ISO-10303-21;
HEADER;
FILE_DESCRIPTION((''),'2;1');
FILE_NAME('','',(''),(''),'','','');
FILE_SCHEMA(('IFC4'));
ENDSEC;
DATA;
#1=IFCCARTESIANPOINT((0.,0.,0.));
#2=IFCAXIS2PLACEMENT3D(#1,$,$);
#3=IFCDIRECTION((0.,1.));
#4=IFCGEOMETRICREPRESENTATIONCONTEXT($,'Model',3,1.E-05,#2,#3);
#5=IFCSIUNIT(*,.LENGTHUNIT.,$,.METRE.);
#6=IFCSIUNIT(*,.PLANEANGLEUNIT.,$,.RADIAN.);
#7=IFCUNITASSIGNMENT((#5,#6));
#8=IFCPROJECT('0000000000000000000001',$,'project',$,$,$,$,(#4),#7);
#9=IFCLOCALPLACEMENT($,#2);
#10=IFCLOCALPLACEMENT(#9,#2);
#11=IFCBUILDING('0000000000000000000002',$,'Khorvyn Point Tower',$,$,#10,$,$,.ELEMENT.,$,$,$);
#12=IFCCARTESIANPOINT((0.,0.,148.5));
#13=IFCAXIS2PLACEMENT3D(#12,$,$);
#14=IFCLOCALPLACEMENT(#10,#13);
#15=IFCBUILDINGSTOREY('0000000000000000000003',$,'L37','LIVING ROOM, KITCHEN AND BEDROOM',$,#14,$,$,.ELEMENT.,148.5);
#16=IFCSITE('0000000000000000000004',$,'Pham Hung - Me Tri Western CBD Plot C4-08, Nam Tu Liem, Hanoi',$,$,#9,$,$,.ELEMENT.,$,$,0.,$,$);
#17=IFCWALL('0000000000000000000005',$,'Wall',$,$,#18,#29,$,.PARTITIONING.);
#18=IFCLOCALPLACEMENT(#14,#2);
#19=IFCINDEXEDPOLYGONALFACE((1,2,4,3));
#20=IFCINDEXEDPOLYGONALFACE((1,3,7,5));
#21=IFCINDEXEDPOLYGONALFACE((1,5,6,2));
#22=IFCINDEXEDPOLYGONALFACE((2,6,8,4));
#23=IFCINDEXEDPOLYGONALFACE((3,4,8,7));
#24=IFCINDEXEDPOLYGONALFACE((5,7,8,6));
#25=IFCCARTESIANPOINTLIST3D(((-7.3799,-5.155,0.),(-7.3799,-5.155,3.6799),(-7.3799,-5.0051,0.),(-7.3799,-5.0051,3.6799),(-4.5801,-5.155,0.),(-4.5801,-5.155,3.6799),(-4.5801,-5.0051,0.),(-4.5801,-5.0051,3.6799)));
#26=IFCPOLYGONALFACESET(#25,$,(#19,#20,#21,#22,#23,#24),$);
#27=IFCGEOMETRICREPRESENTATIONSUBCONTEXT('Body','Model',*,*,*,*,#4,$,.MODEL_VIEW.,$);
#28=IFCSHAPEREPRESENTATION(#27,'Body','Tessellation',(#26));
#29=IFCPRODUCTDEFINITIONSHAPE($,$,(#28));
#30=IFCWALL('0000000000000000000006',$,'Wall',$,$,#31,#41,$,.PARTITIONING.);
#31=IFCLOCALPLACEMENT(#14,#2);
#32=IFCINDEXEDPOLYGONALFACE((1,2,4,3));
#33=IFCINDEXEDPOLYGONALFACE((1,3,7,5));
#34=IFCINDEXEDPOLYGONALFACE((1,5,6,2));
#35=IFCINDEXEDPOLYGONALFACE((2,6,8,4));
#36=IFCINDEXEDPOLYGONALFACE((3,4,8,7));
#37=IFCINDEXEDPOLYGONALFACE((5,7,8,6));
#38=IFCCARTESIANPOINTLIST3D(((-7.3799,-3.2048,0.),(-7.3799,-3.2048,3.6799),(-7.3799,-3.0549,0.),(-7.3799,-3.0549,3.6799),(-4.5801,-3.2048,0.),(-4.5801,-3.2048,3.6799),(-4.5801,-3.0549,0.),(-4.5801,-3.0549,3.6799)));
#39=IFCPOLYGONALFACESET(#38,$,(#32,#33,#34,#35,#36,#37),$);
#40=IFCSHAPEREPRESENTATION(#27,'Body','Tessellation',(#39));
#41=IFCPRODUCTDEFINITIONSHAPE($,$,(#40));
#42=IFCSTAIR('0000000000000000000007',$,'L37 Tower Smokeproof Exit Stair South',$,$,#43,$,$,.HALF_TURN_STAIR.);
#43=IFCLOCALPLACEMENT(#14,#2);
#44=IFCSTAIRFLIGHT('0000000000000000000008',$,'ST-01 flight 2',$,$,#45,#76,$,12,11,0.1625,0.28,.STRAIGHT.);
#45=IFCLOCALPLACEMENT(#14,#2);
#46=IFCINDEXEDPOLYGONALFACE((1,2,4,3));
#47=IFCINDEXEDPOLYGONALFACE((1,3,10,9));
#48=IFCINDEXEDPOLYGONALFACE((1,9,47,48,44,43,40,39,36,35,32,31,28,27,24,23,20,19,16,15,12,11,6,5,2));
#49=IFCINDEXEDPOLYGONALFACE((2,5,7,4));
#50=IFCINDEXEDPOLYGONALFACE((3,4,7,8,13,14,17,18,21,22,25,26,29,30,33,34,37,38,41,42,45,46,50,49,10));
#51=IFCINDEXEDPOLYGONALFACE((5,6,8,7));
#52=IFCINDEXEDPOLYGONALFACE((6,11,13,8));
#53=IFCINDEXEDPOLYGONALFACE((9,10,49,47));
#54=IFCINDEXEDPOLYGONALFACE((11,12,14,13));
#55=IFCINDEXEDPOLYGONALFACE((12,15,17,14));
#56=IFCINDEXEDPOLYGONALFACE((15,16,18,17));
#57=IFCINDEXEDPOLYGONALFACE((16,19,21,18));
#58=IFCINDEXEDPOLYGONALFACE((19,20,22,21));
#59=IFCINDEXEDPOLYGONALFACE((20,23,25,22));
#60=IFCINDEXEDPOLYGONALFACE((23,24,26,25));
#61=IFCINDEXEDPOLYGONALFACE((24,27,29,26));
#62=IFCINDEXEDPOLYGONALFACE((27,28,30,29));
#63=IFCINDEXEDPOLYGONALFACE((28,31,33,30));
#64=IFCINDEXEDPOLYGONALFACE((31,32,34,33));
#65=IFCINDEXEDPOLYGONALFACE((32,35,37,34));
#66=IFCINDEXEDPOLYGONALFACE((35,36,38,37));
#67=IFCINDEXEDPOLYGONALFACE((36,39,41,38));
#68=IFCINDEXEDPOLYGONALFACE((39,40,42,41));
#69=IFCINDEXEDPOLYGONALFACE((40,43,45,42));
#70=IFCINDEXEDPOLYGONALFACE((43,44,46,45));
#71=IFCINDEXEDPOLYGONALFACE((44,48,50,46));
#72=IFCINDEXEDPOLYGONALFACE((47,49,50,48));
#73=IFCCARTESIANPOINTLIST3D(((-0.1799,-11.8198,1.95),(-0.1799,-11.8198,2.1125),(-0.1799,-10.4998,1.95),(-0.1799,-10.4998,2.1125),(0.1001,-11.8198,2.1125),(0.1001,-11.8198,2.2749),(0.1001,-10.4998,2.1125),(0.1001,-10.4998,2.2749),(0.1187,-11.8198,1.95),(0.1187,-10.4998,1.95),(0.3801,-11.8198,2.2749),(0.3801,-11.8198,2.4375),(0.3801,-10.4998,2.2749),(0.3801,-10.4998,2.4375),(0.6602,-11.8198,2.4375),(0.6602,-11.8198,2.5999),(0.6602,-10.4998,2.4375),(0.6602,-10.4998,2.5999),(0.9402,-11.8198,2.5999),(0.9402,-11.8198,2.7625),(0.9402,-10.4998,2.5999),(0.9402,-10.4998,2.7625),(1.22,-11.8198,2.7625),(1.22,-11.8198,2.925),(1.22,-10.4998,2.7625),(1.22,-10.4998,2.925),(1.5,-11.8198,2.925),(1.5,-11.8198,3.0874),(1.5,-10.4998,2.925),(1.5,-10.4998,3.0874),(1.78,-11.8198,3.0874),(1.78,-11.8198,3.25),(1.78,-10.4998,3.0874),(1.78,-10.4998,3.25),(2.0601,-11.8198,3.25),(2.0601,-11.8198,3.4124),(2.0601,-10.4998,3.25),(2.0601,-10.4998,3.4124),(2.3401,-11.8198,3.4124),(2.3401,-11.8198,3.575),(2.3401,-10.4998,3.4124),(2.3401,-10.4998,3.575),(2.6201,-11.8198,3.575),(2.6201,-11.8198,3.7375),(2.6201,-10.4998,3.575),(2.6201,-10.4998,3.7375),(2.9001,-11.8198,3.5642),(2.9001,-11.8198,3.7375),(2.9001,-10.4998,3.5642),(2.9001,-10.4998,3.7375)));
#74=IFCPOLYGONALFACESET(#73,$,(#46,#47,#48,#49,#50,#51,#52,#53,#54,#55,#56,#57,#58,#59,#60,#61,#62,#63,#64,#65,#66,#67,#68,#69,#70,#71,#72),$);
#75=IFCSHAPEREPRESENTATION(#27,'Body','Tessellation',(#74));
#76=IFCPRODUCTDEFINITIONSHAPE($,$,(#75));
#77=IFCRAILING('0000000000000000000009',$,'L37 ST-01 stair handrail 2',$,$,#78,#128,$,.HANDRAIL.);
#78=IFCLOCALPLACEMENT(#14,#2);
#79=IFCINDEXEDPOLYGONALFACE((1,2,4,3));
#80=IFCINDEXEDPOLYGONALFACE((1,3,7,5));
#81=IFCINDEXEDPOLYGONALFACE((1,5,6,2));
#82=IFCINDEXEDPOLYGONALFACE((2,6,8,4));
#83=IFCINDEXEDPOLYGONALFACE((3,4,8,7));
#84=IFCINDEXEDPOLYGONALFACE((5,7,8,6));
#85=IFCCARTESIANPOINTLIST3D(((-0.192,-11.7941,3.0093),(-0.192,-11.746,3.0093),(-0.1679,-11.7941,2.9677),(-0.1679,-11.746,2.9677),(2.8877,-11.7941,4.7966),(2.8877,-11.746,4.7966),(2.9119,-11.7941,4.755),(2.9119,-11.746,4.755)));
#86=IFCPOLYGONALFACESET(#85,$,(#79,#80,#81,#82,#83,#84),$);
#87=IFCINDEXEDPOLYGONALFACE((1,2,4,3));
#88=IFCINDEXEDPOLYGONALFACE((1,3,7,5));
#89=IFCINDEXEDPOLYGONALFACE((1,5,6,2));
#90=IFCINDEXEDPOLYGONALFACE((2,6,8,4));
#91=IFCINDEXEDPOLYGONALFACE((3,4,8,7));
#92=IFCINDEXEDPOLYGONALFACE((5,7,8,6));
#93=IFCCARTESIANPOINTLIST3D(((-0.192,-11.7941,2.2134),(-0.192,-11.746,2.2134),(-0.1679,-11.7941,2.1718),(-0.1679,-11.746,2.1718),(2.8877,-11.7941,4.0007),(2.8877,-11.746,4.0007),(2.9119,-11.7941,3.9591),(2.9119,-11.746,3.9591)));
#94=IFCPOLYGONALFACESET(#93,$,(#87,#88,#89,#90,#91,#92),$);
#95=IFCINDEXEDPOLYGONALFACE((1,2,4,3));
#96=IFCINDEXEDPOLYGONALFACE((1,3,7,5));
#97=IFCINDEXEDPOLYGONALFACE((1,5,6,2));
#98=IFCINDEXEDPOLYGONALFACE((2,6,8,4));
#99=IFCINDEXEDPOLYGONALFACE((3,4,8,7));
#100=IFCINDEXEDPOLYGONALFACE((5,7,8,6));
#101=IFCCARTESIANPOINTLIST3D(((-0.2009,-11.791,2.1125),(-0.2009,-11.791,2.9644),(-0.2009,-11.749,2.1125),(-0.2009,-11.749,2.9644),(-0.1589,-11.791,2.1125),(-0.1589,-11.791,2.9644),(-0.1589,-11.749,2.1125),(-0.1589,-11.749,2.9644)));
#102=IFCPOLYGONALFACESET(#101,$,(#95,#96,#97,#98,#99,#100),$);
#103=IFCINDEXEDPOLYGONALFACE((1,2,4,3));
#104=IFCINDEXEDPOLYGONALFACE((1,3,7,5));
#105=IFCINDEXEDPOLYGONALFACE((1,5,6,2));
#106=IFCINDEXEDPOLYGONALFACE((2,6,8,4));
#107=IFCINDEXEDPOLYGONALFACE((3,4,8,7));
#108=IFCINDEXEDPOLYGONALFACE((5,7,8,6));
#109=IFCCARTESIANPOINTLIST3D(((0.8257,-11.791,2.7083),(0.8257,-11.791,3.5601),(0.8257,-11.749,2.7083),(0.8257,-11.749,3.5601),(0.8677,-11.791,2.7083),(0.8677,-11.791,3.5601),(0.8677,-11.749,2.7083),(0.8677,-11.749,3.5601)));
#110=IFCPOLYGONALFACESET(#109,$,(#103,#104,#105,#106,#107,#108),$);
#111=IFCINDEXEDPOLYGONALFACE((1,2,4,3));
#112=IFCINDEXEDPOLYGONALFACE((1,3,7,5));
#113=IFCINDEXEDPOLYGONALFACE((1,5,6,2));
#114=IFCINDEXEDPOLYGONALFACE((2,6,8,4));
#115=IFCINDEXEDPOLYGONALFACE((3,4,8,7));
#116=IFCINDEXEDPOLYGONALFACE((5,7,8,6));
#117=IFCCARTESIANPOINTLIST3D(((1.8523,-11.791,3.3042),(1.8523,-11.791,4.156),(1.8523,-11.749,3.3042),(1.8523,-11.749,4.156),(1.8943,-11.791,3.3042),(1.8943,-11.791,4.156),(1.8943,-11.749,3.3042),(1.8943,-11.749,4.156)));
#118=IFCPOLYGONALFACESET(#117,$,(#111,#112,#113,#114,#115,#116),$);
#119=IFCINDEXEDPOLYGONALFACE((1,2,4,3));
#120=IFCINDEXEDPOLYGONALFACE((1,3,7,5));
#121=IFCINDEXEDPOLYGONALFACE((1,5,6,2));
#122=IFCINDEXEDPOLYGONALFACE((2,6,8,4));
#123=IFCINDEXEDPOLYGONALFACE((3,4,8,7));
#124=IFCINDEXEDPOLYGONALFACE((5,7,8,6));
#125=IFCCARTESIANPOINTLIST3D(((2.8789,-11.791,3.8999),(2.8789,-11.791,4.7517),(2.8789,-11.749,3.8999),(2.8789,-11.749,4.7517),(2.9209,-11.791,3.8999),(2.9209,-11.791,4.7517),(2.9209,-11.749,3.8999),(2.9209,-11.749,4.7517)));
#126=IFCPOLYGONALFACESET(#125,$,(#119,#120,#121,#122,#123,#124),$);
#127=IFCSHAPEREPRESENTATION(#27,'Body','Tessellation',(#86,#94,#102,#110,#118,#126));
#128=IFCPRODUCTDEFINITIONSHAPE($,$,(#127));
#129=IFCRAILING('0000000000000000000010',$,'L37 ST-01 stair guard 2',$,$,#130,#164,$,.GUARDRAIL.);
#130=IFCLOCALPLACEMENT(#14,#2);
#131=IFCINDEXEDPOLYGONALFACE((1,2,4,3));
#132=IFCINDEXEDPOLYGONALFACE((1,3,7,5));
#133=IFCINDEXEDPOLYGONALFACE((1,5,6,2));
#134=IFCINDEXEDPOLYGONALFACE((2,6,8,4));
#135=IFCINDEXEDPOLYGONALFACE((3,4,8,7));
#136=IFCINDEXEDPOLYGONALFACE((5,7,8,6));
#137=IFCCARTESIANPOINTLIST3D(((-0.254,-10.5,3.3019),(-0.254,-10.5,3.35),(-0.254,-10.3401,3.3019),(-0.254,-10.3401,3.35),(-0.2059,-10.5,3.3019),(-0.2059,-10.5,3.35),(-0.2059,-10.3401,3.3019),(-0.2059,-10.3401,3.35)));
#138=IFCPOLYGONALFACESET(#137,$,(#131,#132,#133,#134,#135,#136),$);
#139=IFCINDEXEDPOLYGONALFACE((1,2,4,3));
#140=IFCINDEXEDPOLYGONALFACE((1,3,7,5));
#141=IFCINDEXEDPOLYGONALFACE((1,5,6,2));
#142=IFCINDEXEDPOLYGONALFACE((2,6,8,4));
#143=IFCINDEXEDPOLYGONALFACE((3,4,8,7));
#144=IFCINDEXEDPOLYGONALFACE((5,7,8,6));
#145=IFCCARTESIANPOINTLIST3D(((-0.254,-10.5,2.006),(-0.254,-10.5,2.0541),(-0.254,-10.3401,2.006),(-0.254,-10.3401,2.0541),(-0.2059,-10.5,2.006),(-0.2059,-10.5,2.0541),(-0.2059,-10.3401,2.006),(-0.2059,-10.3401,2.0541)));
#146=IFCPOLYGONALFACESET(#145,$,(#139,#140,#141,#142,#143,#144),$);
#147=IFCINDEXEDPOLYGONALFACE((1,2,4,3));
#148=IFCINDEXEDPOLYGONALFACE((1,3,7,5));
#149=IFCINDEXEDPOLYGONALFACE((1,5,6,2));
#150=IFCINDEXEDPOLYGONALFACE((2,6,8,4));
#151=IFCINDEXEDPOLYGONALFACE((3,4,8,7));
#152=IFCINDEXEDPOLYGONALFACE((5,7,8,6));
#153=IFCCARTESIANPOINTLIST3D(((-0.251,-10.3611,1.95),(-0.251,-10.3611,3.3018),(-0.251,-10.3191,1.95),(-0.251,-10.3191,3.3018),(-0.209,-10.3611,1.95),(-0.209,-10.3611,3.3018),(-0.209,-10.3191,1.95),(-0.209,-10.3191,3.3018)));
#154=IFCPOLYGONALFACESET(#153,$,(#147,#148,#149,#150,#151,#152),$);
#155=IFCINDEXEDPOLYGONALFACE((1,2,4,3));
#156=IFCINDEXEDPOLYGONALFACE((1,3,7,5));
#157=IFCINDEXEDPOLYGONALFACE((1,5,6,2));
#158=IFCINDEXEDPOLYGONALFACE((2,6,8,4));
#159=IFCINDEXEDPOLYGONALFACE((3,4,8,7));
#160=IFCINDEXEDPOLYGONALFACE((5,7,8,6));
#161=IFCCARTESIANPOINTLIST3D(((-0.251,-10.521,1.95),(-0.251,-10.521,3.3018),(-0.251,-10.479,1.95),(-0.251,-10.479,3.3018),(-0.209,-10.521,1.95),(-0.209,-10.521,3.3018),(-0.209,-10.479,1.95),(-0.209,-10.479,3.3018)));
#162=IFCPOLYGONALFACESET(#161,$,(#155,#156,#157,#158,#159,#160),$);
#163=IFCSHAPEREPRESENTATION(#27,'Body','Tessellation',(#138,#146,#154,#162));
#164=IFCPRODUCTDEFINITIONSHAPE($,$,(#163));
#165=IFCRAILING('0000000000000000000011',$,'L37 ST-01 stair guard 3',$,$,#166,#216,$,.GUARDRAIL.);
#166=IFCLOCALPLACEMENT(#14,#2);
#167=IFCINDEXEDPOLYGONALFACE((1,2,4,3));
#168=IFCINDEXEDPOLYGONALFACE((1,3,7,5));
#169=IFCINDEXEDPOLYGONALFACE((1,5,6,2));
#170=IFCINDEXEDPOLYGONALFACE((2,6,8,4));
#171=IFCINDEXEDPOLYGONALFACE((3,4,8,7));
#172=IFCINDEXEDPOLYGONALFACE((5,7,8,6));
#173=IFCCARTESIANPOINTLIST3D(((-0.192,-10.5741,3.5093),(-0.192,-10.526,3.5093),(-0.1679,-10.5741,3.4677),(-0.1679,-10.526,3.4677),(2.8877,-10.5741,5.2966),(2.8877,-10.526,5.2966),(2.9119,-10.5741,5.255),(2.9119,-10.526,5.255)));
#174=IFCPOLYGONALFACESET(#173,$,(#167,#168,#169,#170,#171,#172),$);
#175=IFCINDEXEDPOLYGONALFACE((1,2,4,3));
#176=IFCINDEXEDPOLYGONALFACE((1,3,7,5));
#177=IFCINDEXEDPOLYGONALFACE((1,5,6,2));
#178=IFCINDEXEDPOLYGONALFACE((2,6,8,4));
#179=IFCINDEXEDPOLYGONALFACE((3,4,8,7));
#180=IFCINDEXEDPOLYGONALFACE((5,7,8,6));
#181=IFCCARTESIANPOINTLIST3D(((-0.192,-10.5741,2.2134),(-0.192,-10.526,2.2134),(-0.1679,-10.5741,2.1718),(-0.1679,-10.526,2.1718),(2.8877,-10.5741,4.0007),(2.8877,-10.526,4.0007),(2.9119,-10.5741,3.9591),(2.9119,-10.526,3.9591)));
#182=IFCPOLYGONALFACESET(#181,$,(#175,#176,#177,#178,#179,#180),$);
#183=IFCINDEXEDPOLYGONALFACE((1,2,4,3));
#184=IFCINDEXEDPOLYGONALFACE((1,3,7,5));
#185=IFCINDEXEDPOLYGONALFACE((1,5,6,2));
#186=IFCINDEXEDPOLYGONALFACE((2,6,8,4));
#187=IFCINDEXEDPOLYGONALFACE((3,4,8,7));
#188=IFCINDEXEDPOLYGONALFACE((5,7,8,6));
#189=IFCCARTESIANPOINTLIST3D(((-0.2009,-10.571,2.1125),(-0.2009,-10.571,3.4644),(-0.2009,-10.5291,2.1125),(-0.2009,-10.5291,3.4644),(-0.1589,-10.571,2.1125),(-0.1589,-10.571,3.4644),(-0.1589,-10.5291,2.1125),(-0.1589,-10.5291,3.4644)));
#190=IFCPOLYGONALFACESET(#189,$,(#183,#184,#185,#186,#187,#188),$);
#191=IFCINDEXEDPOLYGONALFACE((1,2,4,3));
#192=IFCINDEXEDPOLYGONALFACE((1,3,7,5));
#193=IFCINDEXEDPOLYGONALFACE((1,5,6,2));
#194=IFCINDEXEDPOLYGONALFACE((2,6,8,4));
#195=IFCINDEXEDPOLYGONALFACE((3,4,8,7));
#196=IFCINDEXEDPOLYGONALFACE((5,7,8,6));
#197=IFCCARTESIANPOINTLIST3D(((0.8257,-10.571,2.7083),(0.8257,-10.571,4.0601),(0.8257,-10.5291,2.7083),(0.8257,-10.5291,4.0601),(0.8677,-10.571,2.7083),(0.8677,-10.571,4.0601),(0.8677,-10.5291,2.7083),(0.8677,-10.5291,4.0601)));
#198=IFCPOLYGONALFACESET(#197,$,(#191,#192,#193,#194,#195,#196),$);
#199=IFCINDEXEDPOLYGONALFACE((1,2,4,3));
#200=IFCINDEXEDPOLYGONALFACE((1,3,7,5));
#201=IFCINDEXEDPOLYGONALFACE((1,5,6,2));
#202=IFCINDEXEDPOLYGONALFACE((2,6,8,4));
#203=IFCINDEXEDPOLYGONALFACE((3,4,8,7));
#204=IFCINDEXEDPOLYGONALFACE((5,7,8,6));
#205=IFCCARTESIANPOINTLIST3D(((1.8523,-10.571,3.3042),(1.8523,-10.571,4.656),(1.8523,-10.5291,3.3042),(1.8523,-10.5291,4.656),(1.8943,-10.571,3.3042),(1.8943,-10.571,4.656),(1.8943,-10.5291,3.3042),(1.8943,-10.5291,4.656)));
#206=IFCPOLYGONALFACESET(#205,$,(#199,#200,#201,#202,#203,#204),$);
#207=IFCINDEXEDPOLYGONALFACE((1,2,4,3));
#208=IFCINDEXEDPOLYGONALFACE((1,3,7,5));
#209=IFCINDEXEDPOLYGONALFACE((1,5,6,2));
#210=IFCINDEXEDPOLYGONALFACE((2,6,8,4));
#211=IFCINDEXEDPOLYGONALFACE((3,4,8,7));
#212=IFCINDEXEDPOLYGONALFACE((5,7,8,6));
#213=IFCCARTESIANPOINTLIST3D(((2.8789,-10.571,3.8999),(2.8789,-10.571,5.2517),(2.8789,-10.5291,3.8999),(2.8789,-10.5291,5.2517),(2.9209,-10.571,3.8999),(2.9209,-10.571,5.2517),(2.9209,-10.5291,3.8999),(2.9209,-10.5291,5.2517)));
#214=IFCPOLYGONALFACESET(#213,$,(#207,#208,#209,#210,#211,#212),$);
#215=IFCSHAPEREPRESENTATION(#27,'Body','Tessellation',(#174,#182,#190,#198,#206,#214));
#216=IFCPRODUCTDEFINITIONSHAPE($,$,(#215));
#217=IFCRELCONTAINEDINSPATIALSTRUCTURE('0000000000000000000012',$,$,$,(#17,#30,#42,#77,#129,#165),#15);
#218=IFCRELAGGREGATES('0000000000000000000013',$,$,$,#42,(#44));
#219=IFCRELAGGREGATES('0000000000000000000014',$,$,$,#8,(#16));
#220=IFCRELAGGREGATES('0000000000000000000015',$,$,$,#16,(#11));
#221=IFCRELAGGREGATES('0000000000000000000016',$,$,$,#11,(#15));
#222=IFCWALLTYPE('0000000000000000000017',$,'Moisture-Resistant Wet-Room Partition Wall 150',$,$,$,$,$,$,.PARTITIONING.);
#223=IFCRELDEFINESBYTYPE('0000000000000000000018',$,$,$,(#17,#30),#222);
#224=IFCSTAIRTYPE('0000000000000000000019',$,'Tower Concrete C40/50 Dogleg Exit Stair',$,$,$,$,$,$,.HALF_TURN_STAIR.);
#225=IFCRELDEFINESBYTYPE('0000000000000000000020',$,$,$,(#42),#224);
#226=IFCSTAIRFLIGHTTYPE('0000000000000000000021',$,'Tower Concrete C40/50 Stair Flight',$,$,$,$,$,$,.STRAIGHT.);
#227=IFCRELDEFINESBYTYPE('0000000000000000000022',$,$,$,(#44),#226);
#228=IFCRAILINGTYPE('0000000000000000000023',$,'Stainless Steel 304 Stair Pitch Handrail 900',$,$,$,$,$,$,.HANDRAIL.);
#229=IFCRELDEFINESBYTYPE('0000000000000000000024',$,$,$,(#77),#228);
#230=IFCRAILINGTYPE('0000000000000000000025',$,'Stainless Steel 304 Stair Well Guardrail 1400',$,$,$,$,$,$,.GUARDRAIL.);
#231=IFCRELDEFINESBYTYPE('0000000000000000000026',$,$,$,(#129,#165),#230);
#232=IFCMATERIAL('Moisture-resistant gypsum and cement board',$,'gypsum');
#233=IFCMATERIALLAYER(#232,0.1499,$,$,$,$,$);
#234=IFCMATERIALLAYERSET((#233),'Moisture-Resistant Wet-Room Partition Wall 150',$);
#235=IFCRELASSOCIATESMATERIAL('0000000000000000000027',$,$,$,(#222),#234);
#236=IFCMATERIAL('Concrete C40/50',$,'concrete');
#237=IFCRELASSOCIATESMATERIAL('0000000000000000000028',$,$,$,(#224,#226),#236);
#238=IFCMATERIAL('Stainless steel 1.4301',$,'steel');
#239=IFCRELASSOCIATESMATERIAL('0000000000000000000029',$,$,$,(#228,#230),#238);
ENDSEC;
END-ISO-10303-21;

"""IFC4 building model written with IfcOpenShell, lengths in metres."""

from ifc_helpers import new_model, si_unit, direction, frame, frame_2d, origin, origin_2d, place, context, subcontext, project, spatial, polyline, rectangle, outline, extrude, material, layer, layer_set, type_object, element, aggregate, save


model = new_model("IFC4")

# Units and contexts
model_context = context("Model", 3, precision=1e-05, world=origin(), true_north=direction((0.0, 1.0)))
body_context = subcontext(model_context, "Body", "Model", "MODEL_VIEW")
ifc_project = project(units=[si_unit("LENGTHUNIT", "METRE"), si_unit("PLANEANGLEUNIT", "RADIAN")], contexts=[model_context])

# Site, building, storey
site_placement = place(None, origin())
site = spatial("IfcSite", under=ifc_project, at=site_placement, Name="Pham Hung - Me Tri Western CBD Plot C4-08, Nam Tu Liem, Hanoi", CompositionType="ELEMENT", RefElevation=0.0)
building_placement = place(site_placement, origin())
building = spatial("IfcBuilding", under=site, at=building_placement, Name="Khorvyn Point Tower", CompositionType="ELEMENT")
storey_placement = place(building_placement, frame((0.0, 0.0, 148.5)))
storey = spatial("IfcBuildingStorey", under=building, at=storey_placement, Name="L37", Description="LIVING ROOM, KITCHEN AND BEDROOM", CompositionType="ELEMENT", Elevation=148.5)

# Shared definitions
ifc_material_1 = material(Name="Concrete C40/50", Category="concrete")

# Shared definitions
ifc_material_2 = material(Name="Moisture-resistant gypsum and cement board", Category="gypsum")
ifc_layer_1 = layer(ifc_material_2, 0.1499)
ifc_layer_set_1 = layer_set([ifc_layer_1], Name="Moisture-Resistant Wet-Room Partition Wall 150")
wall_type_1 = type_object("IfcWallType", Name="Moisture-Resistant Wet-Room Partition Wall 150", PredefinedType="PARTITIONING", material=ifc_layer_set_1)

# Walls
for number, where, z_axis, x_axis, name in (
    (1, (-7.3799, -5.0801, 0.0), (0.0, 0.0, 1.0), (1.0, 0.0, 0.0), "Wall"),
    (2, (-7.3799, -3.1299, 0.0), (0.0, 0.0, 1.0), (1.0, 0.0, 0.0), "Wall"),
):
    element("IfcWall", number, at=place(storey_placement, frame(where, z_axis=z_axis, x_axis=x_axis)), inside=storey, type_object=wall_type_1, Name=name, PredefinedType="PARTITIONING", context=body_context, shape_type="SweptSolid", body=[
        extrude(rectangle(XDim=2.7998, YDim=0.1499, at=frame_2d((1.3999, 0.0))), origin(), (0.0, 0.0, 1.0), 3.6799),
    ])

# Stair, stair flight
stair_type = type_object("IfcStairType", Name="Tower Concrete C40/50 Dogleg Exit Stair", PredefinedType="HALF_TURN_STAIR", material=ifc_material_1)
stair_placement = place(storey_placement, origin())
stair = element("IfcStair", 3, at=stair_placement, inside=storey, type_object=stair_type, Name="L37 Tower Smokeproof Exit Stair South", PredefinedType="HALF_TURN_STAIR")
stair_flight_type = type_object("IfcStairFlightType", Name="Tower Concrete C40/50 Stair Flight", PredefinedType="STRAIGHT", material=ifc_material_1)
stair_flight_placement = place(storey_placement, frame((-0.1799, -11.1599, 1.95), z_axis=(0.0, 0.0, 1.0), x_axis=(1.0, 0.0, 0.0)))
stair_flight = element("IfcStairFlight", 4, at=stair_flight_placement, type_object=stair_flight_type, Name="ST-01 flight 2", NumberOfRisers=12, NumberOfTreads=11, PredefinedType="STRAIGHT", RiserHeight=0.1625, TreadLength=0.28, context=body_context, shape_type="SweptSolid", body=[
    extrude(outline(polyline([(0.0, 0.0), (0.0, 0.1626), (0.28, 0.1626), (0.28, 0.325), (0.5601, 0.325), (0.5601, 0.4875), (0.8401, 0.4875), (0.8401, 0.6499), (1.1201, 0.6499), (1.1201, 0.8125), (1.3999, 0.8125), (1.3999, 0.9751), (1.6799, 0.9751), (1.6799, 1.1375), (1.96, 1.1375), (1.96, 1.3), (2.24, 1.3), (2.24, 1.4624), (2.52, 1.4624), (2.52, 1.625), (2.8, 1.625), (2.8, 1.7876), (3.0801, 1.7876), (3.0801, 1.95), (3.0801, 1.6143), (0.2986, 0.0), (0.0, 0.0)])), frame((0.0, 0.6602, 0.0), z_axis=(0.0, -1.0, 0.0), x_axis=(1.0, 0.0, 0.0)), (0.0, 0.0, 1.0), 1.3201),
])
aggregate(stair, [stair_flight])

# Railings
ifc_material_3 = material(Name="Stainless steel 1.4301", Category="steel")
railing_type_1 = type_object("IfcRailingType", Name="Stainless Steel 304 Stair Pitch Handrail 900", PredefinedType="HANDRAIL", material=ifc_material_3)
railing_1_placement = place(storey_placement, frame((-0.1799, -11.77, 2.1125)))
element("IfcRailing", 5, at=railing_1_placement, inside=storey, type_object=railing_type_1, Name="L37 ST-01 stair handrail 2", PredefinedType="HANDRAIL", context=body_context, shape_type="SweptSolid", body=[
    extrude(rectangle(XDim=0.0481, YDim=0.0481, at=origin_2d()), frame((0.0, 0.0, 0.876), z_axis=(0.864903, 0.0, 0.501939), x_axis=(0.0, 1.0, 0.0)), (0.0, 0.0, 1.0), 3.5608),
    extrude(rectangle(XDim=0.0481, YDim=0.0481, at=origin_2d()), frame((0.0, 0.0, 0.0801), z_axis=(0.864903, 0.0, 0.501939), x_axis=(0.0, 1.0, 0.0)), (0.0, 0.0, 1.0), 3.5608),
    extrude(rectangle(XDim=0.042, YDim=0.042, at=origin_2d()), origin(), (0.0, 0.0, 1.0), 0.8518),
    extrude(rectangle(XDim=0.042, YDim=0.042, at=origin_2d()), frame((1.0266, 0.0, 0.5957)), (0.0, 0.0, 1.0), 0.8518),
    extrude(rectangle(XDim=0.042, YDim=0.042, at=origin_2d()), frame((2.0532, 0.0, 1.1917)), (0.0, 0.0, 1.0), 0.8518),
    extrude(rectangle(XDim=0.042, YDim=0.042, at=origin_2d()), frame((3.0798, 0.0, 1.7874)), (0.0, 0.0, 1.0), 0.8518),
])
railing_type_2 = type_object("IfcRailingType", Name="Stainless Steel 304 Stair Well Guardrail 1400", PredefinedType="GUARDRAIL", material=ifc_material_3)
railing_2_placement = place(storey_placement, frame((-0.23, -10.3401, 1.95)))
element("IfcRailing", 6, at=railing_2_placement, inside=storey, type_object=railing_type_2, Name="L37 ST-01 stair guard 2", PredefinedType="GUARDRAIL", context=body_context, shape_type="SweptSolid", body=[
    extrude(rectangle(XDim=0.0481, YDim=0.0481, at=origin_2d()), frame((0.0, 0.0, 1.376), z_axis=(0.0, -1.0, 0.0), x_axis=(1.0, 0.0, 0.0)), (0.0, 0.0, 1.0), 0.1599),
    extrude(rectangle(XDim=0.0481, YDim=0.0481, at=origin_2d()), frame((0.0, 0.0, 0.0801), z_axis=(0.0, -1.0, 0.0), x_axis=(1.0, 0.0, 0.0)), (0.0, 0.0, 1.0), 0.1599),
    extrude(rectangle(XDim=0.042, YDim=0.042, at=origin_2d()), origin(), (0.0, 0.0, 1.0), 1.3518),
    extrude(rectangle(XDim=0.042, YDim=0.042, at=origin_2d()), frame((0.0, -0.1599, 0.0)), (0.0, 0.0, 1.0), 1.3518),
])
railing_3_placement = place(storey_placement, frame((-0.1799, -10.55, 2.1125)))
element("IfcRailing", 7, at=railing_3_placement, inside=storey, type_object=railing_type_2, Name="L37 ST-01 stair guard 3", PredefinedType="GUARDRAIL", context=body_context, shape_type="SweptSolid", body=[
    extrude(rectangle(XDim=0.0481, YDim=0.0481, at=origin_2d()), frame((0.0, 0.0, 1.376), z_axis=(0.864903, 0.0, 0.501939), x_axis=(0.0, 1.0, 0.0)), (0.0, 0.0, 1.0), 3.5608),
    extrude(rectangle(XDim=0.0481, YDim=0.0481, at=origin_2d()), frame((0.0, 0.0, 0.0801), z_axis=(0.864903, 0.0, 0.501939), x_axis=(0.0, 1.0, 0.0)), (0.0, 0.0, 1.0), 3.5608),
    extrude(rectangle(XDim=0.042, YDim=0.042, at=origin_2d()), origin(), (0.0, 0.0, 1.0), 1.3518),
    extrude(rectangle(XDim=0.042, YDim=0.042, at=origin_2d()), frame((1.0266, 0.0, 0.5957)), (0.0, 0.0, 1.0), 1.3518),
    extrude(rectangle(XDim=0.042, YDim=0.042, at=origin_2d()), frame((2.0532, 0.0, 1.1917)), (0.0, 0.0, 1.0), 1.3518),
    extrude(rectangle(XDim=0.042, YDim=0.042, at=origin_2d()), frame((3.0798, 0.0, 1.7874)), (0.0, 0.0, 1.0), 1.3518),
])

save(model, "model.ifc")
